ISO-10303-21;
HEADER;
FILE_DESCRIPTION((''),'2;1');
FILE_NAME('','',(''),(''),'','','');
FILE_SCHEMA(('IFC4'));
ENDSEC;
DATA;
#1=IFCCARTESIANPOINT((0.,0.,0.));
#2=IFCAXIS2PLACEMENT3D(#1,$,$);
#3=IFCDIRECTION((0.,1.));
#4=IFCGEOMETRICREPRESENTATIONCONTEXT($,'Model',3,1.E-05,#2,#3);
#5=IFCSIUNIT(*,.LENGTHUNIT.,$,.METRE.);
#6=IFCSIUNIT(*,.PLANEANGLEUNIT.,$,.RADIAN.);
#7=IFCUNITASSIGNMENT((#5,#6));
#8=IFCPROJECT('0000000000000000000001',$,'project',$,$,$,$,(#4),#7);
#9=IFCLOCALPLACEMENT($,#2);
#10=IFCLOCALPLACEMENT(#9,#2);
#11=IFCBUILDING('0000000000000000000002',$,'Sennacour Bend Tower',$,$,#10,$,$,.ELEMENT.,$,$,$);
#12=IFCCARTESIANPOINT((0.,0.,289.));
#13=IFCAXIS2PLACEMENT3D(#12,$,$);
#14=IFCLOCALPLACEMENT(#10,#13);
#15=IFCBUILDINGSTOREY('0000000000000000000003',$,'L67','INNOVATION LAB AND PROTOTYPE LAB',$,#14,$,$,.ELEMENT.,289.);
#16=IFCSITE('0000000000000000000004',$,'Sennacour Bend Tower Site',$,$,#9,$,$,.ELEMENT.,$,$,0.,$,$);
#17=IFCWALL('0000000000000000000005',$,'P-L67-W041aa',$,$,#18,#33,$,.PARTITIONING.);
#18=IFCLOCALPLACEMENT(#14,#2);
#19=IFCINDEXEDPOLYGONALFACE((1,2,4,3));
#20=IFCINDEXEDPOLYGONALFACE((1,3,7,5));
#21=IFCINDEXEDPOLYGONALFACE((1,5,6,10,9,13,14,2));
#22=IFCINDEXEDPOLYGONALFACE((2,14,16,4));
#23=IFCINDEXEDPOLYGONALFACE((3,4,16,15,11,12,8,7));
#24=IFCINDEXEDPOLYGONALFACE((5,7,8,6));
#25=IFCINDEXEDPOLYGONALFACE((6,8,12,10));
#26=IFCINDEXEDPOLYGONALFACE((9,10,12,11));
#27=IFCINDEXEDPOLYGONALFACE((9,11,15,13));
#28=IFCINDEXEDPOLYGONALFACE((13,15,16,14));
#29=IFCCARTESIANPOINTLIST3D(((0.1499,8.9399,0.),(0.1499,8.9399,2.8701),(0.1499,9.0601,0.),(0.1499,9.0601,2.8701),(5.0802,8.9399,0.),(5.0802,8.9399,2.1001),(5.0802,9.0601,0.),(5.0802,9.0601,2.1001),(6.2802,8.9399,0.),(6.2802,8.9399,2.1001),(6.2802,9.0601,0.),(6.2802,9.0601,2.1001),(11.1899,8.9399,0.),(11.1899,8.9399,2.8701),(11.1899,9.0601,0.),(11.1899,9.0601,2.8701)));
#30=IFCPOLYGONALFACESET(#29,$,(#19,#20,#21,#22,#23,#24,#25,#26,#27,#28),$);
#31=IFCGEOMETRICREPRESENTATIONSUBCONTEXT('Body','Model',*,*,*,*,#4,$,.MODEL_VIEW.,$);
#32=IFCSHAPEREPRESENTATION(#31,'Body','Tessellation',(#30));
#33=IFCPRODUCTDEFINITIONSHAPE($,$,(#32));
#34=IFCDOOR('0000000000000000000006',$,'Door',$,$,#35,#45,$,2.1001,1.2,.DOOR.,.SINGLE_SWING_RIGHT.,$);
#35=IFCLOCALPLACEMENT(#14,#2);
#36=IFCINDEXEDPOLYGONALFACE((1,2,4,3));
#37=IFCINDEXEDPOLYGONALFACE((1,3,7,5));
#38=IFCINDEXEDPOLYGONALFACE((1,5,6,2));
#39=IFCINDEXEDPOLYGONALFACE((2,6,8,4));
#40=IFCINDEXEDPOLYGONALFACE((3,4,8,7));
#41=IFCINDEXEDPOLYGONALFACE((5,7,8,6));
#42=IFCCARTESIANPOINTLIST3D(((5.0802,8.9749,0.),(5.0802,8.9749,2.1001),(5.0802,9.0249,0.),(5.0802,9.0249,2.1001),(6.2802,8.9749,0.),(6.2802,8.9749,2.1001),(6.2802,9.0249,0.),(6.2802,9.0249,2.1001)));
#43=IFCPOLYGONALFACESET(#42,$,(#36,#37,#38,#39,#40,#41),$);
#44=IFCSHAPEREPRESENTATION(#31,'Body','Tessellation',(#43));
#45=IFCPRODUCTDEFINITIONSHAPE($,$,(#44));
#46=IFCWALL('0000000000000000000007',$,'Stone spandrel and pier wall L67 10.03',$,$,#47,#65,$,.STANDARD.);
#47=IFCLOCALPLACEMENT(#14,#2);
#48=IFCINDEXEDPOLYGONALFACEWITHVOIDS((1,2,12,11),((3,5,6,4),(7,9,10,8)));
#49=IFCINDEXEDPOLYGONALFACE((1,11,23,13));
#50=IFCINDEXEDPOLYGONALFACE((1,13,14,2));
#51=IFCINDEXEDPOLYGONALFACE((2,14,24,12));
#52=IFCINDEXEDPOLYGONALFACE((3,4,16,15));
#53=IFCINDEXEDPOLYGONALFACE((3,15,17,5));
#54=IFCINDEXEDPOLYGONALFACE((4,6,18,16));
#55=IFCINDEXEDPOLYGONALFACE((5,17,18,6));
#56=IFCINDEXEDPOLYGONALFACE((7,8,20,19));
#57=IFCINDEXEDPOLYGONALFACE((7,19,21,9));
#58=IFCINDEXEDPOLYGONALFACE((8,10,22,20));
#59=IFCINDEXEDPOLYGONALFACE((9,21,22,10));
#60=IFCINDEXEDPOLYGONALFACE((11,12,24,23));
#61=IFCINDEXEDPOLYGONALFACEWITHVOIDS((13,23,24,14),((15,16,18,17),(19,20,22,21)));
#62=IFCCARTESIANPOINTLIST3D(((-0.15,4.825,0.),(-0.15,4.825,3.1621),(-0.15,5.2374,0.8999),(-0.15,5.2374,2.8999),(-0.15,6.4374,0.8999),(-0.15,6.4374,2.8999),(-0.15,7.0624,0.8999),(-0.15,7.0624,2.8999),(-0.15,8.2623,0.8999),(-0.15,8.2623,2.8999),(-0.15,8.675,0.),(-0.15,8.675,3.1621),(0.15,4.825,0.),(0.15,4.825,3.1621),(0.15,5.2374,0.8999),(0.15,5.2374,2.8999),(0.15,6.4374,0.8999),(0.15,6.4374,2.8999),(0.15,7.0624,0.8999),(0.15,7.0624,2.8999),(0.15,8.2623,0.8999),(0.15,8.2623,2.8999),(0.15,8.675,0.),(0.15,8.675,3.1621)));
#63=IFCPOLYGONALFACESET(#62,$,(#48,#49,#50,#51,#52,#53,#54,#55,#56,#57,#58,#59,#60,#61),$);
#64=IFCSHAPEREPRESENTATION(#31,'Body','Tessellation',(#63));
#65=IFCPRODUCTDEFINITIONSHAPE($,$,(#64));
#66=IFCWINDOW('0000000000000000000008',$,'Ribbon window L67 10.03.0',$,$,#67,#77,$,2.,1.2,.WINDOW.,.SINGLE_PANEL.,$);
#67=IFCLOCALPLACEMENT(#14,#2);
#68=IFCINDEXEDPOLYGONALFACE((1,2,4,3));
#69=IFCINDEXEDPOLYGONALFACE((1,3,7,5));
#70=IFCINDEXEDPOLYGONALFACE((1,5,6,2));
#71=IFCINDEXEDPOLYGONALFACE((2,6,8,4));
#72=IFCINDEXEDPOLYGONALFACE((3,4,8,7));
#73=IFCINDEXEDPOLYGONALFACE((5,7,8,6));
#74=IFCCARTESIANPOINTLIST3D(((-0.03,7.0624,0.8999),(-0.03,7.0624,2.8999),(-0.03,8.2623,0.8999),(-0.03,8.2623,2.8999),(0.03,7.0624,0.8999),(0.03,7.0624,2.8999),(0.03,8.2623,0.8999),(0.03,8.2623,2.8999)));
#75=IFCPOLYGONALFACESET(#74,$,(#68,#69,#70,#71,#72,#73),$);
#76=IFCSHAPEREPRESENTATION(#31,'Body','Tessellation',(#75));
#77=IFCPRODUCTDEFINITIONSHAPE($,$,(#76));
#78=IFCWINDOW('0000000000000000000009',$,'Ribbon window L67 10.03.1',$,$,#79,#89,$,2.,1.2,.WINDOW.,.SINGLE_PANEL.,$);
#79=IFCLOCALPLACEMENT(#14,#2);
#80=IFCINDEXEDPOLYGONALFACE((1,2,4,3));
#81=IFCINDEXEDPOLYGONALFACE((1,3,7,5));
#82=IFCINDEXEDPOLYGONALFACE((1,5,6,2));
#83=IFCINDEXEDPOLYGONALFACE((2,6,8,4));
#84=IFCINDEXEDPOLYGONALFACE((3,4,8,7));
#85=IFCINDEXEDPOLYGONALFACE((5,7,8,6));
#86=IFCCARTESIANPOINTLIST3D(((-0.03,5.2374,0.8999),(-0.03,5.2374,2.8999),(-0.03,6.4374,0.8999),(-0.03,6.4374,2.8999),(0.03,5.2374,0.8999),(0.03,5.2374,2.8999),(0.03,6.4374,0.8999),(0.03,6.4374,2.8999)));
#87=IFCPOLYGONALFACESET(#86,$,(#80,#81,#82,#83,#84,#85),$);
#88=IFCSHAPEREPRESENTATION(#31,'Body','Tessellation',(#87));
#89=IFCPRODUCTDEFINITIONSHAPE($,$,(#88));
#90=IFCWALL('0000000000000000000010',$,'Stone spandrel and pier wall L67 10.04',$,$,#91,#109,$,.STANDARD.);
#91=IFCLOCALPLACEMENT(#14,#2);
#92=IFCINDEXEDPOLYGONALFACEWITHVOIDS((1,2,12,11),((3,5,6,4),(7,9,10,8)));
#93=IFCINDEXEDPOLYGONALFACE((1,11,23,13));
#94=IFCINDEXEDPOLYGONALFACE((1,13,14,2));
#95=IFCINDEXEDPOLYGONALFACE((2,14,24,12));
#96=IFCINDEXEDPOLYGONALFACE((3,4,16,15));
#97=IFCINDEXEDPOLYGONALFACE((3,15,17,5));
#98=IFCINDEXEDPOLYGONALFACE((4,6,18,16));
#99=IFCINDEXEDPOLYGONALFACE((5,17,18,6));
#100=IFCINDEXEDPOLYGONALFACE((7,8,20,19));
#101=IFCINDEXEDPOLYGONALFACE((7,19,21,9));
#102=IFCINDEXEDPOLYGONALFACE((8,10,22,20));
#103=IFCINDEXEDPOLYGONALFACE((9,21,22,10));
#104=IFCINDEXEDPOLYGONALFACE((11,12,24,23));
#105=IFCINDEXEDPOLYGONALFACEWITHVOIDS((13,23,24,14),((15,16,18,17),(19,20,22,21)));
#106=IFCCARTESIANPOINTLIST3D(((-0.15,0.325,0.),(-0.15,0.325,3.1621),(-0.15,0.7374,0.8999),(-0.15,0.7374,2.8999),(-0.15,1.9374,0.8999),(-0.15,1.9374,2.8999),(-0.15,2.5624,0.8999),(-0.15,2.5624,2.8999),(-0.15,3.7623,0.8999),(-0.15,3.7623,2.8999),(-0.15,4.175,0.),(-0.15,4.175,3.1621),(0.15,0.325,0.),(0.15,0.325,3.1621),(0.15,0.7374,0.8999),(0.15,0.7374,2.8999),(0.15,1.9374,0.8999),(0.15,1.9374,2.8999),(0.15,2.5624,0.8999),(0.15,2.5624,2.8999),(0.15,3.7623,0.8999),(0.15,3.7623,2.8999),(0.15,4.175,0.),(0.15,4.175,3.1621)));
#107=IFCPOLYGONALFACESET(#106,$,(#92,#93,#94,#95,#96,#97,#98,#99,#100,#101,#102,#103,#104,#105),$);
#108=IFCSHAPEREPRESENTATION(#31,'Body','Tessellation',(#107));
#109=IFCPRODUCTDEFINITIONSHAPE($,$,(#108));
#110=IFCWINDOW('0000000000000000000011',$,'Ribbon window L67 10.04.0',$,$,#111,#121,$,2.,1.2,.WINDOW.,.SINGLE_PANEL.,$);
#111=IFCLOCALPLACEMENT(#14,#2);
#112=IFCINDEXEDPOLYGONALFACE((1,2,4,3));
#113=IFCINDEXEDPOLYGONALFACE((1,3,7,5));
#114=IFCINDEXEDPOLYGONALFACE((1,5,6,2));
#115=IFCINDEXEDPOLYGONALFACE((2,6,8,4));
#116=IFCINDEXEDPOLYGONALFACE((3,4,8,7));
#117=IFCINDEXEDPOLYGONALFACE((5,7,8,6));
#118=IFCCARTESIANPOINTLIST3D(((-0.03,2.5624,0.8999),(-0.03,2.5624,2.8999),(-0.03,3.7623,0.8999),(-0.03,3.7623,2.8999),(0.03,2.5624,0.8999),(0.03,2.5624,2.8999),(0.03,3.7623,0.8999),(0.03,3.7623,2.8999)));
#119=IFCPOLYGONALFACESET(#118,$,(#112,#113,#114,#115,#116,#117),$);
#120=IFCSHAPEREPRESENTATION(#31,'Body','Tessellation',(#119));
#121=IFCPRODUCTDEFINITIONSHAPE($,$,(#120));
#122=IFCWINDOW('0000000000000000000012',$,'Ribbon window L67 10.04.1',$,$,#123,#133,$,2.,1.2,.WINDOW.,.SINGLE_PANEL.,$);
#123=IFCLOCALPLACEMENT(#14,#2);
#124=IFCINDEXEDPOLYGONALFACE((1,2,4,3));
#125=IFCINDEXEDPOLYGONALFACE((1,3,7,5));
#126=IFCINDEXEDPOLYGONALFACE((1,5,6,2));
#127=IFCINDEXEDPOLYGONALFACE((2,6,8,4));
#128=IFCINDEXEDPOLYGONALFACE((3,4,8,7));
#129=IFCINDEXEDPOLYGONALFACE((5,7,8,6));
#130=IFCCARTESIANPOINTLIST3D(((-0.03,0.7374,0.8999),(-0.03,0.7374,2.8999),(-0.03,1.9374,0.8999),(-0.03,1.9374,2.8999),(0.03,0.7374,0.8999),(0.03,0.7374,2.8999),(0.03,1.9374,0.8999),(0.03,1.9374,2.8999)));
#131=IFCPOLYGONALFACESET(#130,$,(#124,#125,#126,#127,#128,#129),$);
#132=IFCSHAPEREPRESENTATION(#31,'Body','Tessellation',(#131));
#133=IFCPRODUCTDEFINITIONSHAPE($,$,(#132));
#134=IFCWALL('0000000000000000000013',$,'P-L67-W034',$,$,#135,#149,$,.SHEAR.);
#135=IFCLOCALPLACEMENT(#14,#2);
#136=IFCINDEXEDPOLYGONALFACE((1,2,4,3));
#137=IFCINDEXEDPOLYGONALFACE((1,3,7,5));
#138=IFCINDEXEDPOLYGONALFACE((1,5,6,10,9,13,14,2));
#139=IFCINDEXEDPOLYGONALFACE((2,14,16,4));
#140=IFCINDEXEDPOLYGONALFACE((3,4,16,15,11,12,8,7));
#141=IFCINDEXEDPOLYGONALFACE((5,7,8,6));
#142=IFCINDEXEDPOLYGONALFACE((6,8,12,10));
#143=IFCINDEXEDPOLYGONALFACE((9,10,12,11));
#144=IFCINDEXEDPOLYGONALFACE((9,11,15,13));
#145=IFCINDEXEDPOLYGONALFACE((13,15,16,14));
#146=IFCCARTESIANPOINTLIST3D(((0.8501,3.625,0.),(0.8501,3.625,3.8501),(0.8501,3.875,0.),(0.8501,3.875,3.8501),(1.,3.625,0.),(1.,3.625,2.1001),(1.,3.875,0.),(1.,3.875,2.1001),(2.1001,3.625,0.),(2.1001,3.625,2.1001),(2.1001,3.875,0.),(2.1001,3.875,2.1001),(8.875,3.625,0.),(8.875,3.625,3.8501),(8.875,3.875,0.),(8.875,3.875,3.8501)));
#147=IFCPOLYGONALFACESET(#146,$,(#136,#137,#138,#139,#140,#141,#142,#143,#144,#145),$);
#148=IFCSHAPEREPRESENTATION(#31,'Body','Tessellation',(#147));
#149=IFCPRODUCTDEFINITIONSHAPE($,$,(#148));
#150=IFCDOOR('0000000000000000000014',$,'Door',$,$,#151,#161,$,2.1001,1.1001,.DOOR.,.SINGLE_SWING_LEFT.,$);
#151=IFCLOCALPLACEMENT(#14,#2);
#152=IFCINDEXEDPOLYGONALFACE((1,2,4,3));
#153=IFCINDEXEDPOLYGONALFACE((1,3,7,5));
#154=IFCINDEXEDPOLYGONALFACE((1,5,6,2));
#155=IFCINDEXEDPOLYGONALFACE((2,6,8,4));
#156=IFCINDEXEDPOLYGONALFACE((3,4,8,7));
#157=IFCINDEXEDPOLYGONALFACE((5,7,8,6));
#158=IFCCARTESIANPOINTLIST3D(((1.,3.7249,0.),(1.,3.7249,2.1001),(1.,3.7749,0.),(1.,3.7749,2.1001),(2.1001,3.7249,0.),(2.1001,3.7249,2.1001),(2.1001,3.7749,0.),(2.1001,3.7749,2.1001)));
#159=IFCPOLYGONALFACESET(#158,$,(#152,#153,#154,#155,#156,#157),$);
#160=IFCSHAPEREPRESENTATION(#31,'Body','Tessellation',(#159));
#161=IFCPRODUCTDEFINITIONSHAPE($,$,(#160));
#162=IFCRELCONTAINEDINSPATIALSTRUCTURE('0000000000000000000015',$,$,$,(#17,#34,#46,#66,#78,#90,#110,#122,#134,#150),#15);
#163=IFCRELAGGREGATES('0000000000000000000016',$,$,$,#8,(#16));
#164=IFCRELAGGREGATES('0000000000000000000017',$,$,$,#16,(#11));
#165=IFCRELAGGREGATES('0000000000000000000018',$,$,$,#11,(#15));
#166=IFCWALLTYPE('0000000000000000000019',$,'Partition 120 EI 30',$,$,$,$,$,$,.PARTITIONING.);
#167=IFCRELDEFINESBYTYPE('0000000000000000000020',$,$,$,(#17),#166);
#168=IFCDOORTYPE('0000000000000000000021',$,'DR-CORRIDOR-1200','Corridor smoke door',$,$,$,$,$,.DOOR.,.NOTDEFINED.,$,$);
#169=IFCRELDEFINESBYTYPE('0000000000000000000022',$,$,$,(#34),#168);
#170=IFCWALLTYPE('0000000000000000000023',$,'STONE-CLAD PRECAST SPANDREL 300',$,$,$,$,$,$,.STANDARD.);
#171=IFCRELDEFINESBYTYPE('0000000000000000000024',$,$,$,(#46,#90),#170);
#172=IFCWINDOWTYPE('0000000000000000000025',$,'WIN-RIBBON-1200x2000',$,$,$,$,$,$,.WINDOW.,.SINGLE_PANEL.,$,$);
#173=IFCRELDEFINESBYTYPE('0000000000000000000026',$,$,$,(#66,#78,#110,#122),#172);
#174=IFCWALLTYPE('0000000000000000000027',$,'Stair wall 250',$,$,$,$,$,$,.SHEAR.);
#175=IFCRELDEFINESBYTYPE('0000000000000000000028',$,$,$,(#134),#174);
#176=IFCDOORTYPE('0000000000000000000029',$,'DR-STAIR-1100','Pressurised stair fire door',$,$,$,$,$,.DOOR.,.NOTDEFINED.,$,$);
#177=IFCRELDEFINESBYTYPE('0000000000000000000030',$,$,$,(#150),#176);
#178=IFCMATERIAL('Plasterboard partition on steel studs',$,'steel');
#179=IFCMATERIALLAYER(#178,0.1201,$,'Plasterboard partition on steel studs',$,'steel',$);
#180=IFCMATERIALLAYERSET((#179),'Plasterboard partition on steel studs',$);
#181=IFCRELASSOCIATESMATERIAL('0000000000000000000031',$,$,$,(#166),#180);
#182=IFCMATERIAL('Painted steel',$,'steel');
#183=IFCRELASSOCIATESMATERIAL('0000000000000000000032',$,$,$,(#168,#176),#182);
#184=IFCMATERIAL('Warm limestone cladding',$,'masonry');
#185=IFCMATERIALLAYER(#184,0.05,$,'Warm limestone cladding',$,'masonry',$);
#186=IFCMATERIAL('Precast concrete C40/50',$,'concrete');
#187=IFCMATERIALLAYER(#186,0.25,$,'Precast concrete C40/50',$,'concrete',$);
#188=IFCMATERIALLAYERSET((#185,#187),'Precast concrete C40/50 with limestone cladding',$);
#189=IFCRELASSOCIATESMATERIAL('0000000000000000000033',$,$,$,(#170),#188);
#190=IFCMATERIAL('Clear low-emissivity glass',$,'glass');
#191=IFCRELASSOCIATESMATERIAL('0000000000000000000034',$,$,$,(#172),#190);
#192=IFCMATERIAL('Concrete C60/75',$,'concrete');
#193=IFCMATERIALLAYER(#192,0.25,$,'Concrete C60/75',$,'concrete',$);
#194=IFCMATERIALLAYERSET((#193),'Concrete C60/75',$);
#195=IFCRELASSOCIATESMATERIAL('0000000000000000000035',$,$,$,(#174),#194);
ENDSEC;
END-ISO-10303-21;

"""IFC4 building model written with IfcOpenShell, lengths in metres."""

from ifc_helpers import new_model, si_unit, direction, frame, frame_2d, origin, place, context, subcontext, project, spatial, rectangle, extrude, material, layer, layer_set, type_object, element, fill, save


model = new_model("IFC4")

# Units and contexts
model_context = context("Model", 3, precision=1e-05, world=origin(), true_north=direction((0.0, 1.0)))
body_context = subcontext(model_context, "Body", "Model", "MODEL_VIEW")
ifc_project = project(units=[si_unit("LENGTHUNIT", "METRE"), si_unit("PLANEANGLEUNIT", "RADIAN")], contexts=[model_context])

# Site, building, storey
site_placement = place(None, origin())
site = spatial("IfcSite", under=ifc_project, at=site_placement, Name="Sennacour Bend Tower Site", CompositionType="ELEMENT", RefElevation=0.0)
building_placement = place(site_placement, origin())
building = spatial("IfcBuilding", under=site, at=building_placement, Name="Sennacour Bend Tower", CompositionType="ELEMENT")
storey_placement = place(building_placement, frame((0.0, 0.0, 289.0)))
storey = spatial("IfcBuildingStorey", under=building, at=storey_placement, Name="L67", Description="INNOVATION LAB AND PROTOTYPE LAB", CompositionType="ELEMENT", Elevation=289.0)

# Shared definitions
ifc_material_1 = material(Name="Plasterboard partition on steel studs", Category="steel")

# Wall, opening, door
ifc_layer_1 = layer(ifc_material_1, 0.1201, Name="Plasterboard partition on steel studs", Category="steel")
ifc_layer_set_1 = layer_set([ifc_layer_1], Name="Plasterboard partition on steel studs")
wall_type_1 = type_object("IfcWallType", Name="Partition 120 EI 30", PredefinedType="PARTITIONING", material=ifc_layer_set_1)
wall_1_placement = place(storey_placement, frame((0.1499, 9.0, 0.0), z_axis=(0.0, 0.0, 1.0), x_axis=(1.0, 0.0, 0.0)))
wall_1 = element("IfcWall", 1, at=wall_1_placement, inside=storey, type_object=wall_type_1, Name="P-L67-W041aa", PredefinedType="PARTITIONING", context=body_context, shape_type="SweptSolid", body=[
    extrude(rectangle(XDim=11.04, YDim=0.1201, at=frame_2d((5.52, 0.0))), origin(), (0.0, 0.0, 1.0), 2.8701),
])
opening_1_placement = place(wall_1_placement, frame((4.9302, 0.0, 0.0)))
opening_1 = element("IfcOpeningElement", 2, at=opening_1_placement, cuts=wall_1, PredefinedType="OPENING", context=body_context, shape_type="SweptSolid", body=[
    extrude(rectangle(XDim=1.2, YDim=2.1001, at=frame_2d((0.6001, 1.05))), frame((0.0, 0.0701, 0.0), z_axis=(0.0, -1.0, 0.0), x_axis=(1.0, 0.0, 0.0)), (0.0, 0.0, 1.0), 0.1401),
])
ifc_material_2 = material(Name="Painted steel", Category="steel")
door_type_1 = type_object("IfcDoorType", Name="DR-CORRIDOR-1200", Description="Corridor smoke door", OperationType="NOTDEFINED", PredefinedType="DOOR", material=ifc_material_2)
door_1_placement = place(opening_1_placement, origin())
door_1 = element("IfcDoor", 3, at=door_1_placement, inside=storey, type_object=door_type_1, Name="Door", OperationType="SINGLE_SWING_RIGHT", OverallHeight=2.1001, OverallWidth=1.2, PredefinedType="DOOR", context=body_context, shape_type="SweptSolid", body=[
    extrude(rectangle(XDim=1.2, YDim=2.1001, at=frame_2d((0.6001, 1.05))), frame((0.0, 0.0249, 0.0), z_axis=(0.0, -1.0, 0.0), x_axis=(1.0, 0.0, 0.0)), (0.0, 0.0, 1.0), 0.05),
])
fill(opening_1, door_1)

# Walls, openings, windows
ifc_material_3 = material(Name="Warm limestone cladding", Category="masonry")
ifc_layer_2 = layer(ifc_material_3, 0.05, Name="Warm limestone cladding", Category="masonry")
ifc_material_4 = material(Name="Precast concrete C40/50", Category="concrete")
ifc_layer_3 = layer(ifc_material_4, 0.25, Name="Precast concrete C40/50", Category="concrete")
ifc_layer_set_2 = layer_set([ifc_layer_2, ifc_layer_3], Name="Precast concrete C40/50 with limestone cladding")
wall_type_2 = type_object("IfcWallType", Name="STONE-CLAD PRECAST SPANDREL 300", PredefinedType="STANDARD", material=ifc_layer_set_2)
wall_2_placement = place(storey_placement, frame((0.0, 8.675, 0.0), z_axis=(0.0, 0.0, 1.0), x_axis=(0.0, -1.0, 0.0)))
wall_2 = element("IfcWall", 4, at=wall_2_placement, inside=storey, type_object=wall_type_2, Name="Stone spandrel and pier wall L67 10.03", PredefinedType="STANDARD", context=body_context, shape_type="SweptSolid", body=[
    extrude(rectangle(XDim=3.8501, YDim=0.3, at=frame_2d((1.925, 0.0))), origin(), (0.0, 0.0, 1.0), 3.1621),
])
opening_2_placement = place(wall_2_placement, frame((0.4126, 0.0, 0.8999)))
opening_2 = element("IfcOpeningElement", 5, at=opening_2_placement, cuts=wall_2, PredefinedType="OPENING", context=body_context, shape_type="SweptSolid", body=[
    extrude(rectangle(XDim=1.2, YDim=2.0, at=frame_2d((0.6001, 1.0))), frame((0.0, 0.1602, 0.0), z_axis=(0.0, -1.0, 0.0), x_axis=(1.0, 0.0, 0.0)), (0.0, 0.0, 1.0), 0.3201),
])
opening_3_placement = place(wall_2_placement, frame((2.2375, 0.0, 0.8999)))
opening_3 = element("IfcOpeningElement", 6, at=opening_3_placement, cuts=wall_2, PredefinedType="OPENING", context=body_context, shape_type="SweptSolid", body=[
    extrude(rectangle(XDim=1.2, YDim=2.0, at=frame_2d((0.6001, 1.0))), frame((0.0, 0.1602, 0.0), z_axis=(0.0, -1.0, 0.0), x_axis=(1.0, 0.0, 0.0)), (0.0, 0.0, 1.0), 0.3201),
])
ifc_material_5 = material(Name="Clear low-emissivity glass", Category="glass")
window_type = type_object("IfcWindowType", Name="WIN-RIBBON-1200x2000", PartitioningType="SINGLE_PANEL", PredefinedType="WINDOW", material=ifc_material_5)
window_1_placement = place(opening_2_placement, origin())
window_1 = element("IfcWindow", 7, at=window_1_placement, inside=storey, type_object=window_type, Name="Ribbon window L67 10.03.0", OverallHeight=2.0, OverallWidth=1.2, PartitioningType="SINGLE_PANEL", PredefinedType="WINDOW", context=body_context, shape_type="SweptSolid", body=[
    extrude(rectangle(XDim=1.2, YDim=2.0, at=frame_2d((0.6001, 1.0))), frame((0.0, 0.03, 0.0), z_axis=(0.0, -1.0, 0.0), x_axis=(1.0, 0.0, 0.0)), (0.0, 0.0, 1.0), 0.0601),
])
fill(opening_2, window_1)
window_2_placement = place(opening_3_placement, origin())
window_2 = element("IfcWindow", 8, at=window_2_placement, inside=storey, type_object=window_type, Name="Ribbon window L67 10.03.1", OverallHeight=2.0, OverallWidth=1.2, PartitioningType="SINGLE_PANEL", PredefinedType="WINDOW", context=body_context, shape_type="SweptSolid", body=[
    extrude(rectangle(XDim=1.2, YDim=2.0, at=frame_2d((0.6001, 1.0))), frame((0.0, 0.03, 0.0), z_axis=(0.0, -1.0, 0.0), x_axis=(1.0, 0.0, 0.0)), (0.0, 0.0, 1.0), 0.0601),
])
fill(opening_3, window_2)
wall_3_placement = place(storey_placement, frame((0.0, 4.175, 0.0), z_axis=(0.0, 0.0, 1.0), x_axis=(0.0, -1.0, 0.0)))
wall_3 = element("IfcWall", 9, at=wall_3_placement, inside=storey, type_object=wall_type_2, Name="Stone spandrel and pier wall L67 10.04", PredefinedType="STANDARD", context=body_context, shape_type="SweptSolid", body=[
    extrude(rectangle(XDim=3.8501, YDim=0.3, at=frame_2d((1.925, 0.0))), origin(), (0.0, 0.0, 1.0), 3.1621),
])
opening_4_placement = place(wall_3_placement, frame((0.4126, 0.0, 0.8999)))
opening_4 = element("IfcOpeningElement", 10, at=opening_4_placement, cuts=wall_3, PredefinedType="OPENING", context=body_context, shape_type="SweptSolid", body=[
    extrude(rectangle(XDim=1.2, YDim=2.0, at=frame_2d((0.6001, 1.0))), frame((0.0, 0.1602, 0.0), z_axis=(0.0, -1.0, 0.0), x_axis=(1.0, 0.0, 0.0)), (0.0, 0.0, 1.0), 0.3201),
])
opening_5_placement = place(wall_3_placement, frame((2.2375, 0.0, 0.8999)))
opening_5 = element("IfcOpeningElement", 11, at=opening_5_placement, cuts=wall_3, PredefinedType="OPENING", context=body_context, shape_type="SweptSolid", body=[
    extrude(rectangle(XDim=1.2, YDim=2.0, at=frame_2d((0.6001, 1.0))), frame((0.0, 0.1602, 0.0), z_axis=(0.0, -1.0, 0.0), x_axis=(1.0, 0.0, 0.0)), (0.0, 0.0, 1.0), 0.3201),
])
window_3_placement = place(opening_4_placement, origin())
window_3 = element("IfcWindow", 12, at=window_3_placement, inside=storey, type_object=window_type, Name="Ribbon window L67 10.04.0", OverallHeight=2.0, OverallWidth=1.2, PartitioningType="SINGLE_PANEL", PredefinedType="WINDOW", context=body_context, shape_type="SweptSolid", body=[
    extrude(rectangle(XDim=1.2, YDim=2.0, at=frame_2d((0.6001, 1.0))), frame((0.0, 0.03, 0.0), z_axis=(0.0, -1.0, 0.0), x_axis=(1.0, 0.0, 0.0)), (0.0, 0.0, 1.0), 0.0601),
])
fill(opening_4, window_3)
window_4_placement = place(opening_5_placement, origin())
window_4 = element("IfcWindow", 13, at=window_4_placement, inside=storey, type_object=window_type, Name="Ribbon window L67 10.04.1", OverallHeight=2.0, OverallWidth=1.2, PartitioningType="SINGLE_PANEL", PredefinedType="WINDOW", context=body_context, shape_type="SweptSolid", body=[
    extrude(rectangle(XDim=1.2, YDim=2.0, at=frame_2d((0.6001, 1.0))), frame((0.0, 0.03, 0.0), z_axis=(0.0, -1.0, 0.0), x_axis=(1.0, 0.0, 0.0)), (0.0, 0.0, 1.0), 0.0601),
])
fill(opening_5, window_4)

# Wall, opening, door
ifc_material_6 = material(Name="Concrete C60/75", Category="concrete")
ifc_layer_4 = layer(ifc_material_6, 0.25, Name="Concrete C60/75", Category="concrete")
ifc_layer_set_3 = layer_set([ifc_layer_4], Name="Concrete C60/75")
wall_type_3 = type_object("IfcWallType", Name="Stair wall 250", PredefinedType="SHEAR", material=ifc_layer_set_3)
wall_4_placement = place(storey_placement, frame((0.8501, 3.75, 0.0), z_axis=(0.0, 0.0, 1.0), x_axis=(1.0, 0.0, 0.0)))
wall_4 = element("IfcWall", 14, at=wall_4_placement, inside=storey, type_object=wall_type_3, Name="P-L67-W034", PredefinedType="SHEAR", context=body_context, shape_type="SweptSolid", body=[
    extrude(rectangle(XDim=8.0249, YDim=0.25, at=frame_2d((4.0125, 0.0))), origin(), (0.0, 0.0, 1.0), 3.8501),
])
opening_6_placement = place(wall_4_placement, frame((0.1499, 0.0, 0.0)))
opening_6 = element("IfcOpeningElement", 15, at=opening_6_placement, cuts=wall_4, PredefinedType="OPENING", context=body_context, shape_type="SweptSolid", body=[
    extrude(rectangle(XDim=1.1001, YDim=2.1001, at=frame_2d((0.55, 1.05))), frame((0.0, 0.135, 0.0), z_axis=(0.0, -1.0, 0.0), x_axis=(1.0, 0.0, 0.0)), (0.0, 0.0, 1.0), 0.27),
])
door_type_2 = type_object("IfcDoorType", Name="DR-STAIR-1100", Description="Pressurised stair fire door", OperationType="NOTDEFINED", PredefinedType="DOOR", material=ifc_material_2)
door_2_placement = place(opening_6_placement, origin())
door_2 = element("IfcDoor", 16, at=door_2_placement, inside=storey, type_object=door_type_2, Name="Door", OperationType="SINGLE_SWING_LEFT", OverallHeight=2.1001, OverallWidth=1.1001, PredefinedType="DOOR", context=body_context, shape_type="SweptSolid", body=[
    extrude(rectangle(XDim=1.1001, YDim=2.1001, at=frame_2d((0.55, 1.05))), frame((0.0, 0.0249, 0.0), z_axis=(0.0, -1.0, 0.0), x_axis=(1.0, 0.0, 0.0)), (0.0, 0.0, 1.0), 0.05),
])
fill(opening_6, door_2)

save(model, "model.ifc")
